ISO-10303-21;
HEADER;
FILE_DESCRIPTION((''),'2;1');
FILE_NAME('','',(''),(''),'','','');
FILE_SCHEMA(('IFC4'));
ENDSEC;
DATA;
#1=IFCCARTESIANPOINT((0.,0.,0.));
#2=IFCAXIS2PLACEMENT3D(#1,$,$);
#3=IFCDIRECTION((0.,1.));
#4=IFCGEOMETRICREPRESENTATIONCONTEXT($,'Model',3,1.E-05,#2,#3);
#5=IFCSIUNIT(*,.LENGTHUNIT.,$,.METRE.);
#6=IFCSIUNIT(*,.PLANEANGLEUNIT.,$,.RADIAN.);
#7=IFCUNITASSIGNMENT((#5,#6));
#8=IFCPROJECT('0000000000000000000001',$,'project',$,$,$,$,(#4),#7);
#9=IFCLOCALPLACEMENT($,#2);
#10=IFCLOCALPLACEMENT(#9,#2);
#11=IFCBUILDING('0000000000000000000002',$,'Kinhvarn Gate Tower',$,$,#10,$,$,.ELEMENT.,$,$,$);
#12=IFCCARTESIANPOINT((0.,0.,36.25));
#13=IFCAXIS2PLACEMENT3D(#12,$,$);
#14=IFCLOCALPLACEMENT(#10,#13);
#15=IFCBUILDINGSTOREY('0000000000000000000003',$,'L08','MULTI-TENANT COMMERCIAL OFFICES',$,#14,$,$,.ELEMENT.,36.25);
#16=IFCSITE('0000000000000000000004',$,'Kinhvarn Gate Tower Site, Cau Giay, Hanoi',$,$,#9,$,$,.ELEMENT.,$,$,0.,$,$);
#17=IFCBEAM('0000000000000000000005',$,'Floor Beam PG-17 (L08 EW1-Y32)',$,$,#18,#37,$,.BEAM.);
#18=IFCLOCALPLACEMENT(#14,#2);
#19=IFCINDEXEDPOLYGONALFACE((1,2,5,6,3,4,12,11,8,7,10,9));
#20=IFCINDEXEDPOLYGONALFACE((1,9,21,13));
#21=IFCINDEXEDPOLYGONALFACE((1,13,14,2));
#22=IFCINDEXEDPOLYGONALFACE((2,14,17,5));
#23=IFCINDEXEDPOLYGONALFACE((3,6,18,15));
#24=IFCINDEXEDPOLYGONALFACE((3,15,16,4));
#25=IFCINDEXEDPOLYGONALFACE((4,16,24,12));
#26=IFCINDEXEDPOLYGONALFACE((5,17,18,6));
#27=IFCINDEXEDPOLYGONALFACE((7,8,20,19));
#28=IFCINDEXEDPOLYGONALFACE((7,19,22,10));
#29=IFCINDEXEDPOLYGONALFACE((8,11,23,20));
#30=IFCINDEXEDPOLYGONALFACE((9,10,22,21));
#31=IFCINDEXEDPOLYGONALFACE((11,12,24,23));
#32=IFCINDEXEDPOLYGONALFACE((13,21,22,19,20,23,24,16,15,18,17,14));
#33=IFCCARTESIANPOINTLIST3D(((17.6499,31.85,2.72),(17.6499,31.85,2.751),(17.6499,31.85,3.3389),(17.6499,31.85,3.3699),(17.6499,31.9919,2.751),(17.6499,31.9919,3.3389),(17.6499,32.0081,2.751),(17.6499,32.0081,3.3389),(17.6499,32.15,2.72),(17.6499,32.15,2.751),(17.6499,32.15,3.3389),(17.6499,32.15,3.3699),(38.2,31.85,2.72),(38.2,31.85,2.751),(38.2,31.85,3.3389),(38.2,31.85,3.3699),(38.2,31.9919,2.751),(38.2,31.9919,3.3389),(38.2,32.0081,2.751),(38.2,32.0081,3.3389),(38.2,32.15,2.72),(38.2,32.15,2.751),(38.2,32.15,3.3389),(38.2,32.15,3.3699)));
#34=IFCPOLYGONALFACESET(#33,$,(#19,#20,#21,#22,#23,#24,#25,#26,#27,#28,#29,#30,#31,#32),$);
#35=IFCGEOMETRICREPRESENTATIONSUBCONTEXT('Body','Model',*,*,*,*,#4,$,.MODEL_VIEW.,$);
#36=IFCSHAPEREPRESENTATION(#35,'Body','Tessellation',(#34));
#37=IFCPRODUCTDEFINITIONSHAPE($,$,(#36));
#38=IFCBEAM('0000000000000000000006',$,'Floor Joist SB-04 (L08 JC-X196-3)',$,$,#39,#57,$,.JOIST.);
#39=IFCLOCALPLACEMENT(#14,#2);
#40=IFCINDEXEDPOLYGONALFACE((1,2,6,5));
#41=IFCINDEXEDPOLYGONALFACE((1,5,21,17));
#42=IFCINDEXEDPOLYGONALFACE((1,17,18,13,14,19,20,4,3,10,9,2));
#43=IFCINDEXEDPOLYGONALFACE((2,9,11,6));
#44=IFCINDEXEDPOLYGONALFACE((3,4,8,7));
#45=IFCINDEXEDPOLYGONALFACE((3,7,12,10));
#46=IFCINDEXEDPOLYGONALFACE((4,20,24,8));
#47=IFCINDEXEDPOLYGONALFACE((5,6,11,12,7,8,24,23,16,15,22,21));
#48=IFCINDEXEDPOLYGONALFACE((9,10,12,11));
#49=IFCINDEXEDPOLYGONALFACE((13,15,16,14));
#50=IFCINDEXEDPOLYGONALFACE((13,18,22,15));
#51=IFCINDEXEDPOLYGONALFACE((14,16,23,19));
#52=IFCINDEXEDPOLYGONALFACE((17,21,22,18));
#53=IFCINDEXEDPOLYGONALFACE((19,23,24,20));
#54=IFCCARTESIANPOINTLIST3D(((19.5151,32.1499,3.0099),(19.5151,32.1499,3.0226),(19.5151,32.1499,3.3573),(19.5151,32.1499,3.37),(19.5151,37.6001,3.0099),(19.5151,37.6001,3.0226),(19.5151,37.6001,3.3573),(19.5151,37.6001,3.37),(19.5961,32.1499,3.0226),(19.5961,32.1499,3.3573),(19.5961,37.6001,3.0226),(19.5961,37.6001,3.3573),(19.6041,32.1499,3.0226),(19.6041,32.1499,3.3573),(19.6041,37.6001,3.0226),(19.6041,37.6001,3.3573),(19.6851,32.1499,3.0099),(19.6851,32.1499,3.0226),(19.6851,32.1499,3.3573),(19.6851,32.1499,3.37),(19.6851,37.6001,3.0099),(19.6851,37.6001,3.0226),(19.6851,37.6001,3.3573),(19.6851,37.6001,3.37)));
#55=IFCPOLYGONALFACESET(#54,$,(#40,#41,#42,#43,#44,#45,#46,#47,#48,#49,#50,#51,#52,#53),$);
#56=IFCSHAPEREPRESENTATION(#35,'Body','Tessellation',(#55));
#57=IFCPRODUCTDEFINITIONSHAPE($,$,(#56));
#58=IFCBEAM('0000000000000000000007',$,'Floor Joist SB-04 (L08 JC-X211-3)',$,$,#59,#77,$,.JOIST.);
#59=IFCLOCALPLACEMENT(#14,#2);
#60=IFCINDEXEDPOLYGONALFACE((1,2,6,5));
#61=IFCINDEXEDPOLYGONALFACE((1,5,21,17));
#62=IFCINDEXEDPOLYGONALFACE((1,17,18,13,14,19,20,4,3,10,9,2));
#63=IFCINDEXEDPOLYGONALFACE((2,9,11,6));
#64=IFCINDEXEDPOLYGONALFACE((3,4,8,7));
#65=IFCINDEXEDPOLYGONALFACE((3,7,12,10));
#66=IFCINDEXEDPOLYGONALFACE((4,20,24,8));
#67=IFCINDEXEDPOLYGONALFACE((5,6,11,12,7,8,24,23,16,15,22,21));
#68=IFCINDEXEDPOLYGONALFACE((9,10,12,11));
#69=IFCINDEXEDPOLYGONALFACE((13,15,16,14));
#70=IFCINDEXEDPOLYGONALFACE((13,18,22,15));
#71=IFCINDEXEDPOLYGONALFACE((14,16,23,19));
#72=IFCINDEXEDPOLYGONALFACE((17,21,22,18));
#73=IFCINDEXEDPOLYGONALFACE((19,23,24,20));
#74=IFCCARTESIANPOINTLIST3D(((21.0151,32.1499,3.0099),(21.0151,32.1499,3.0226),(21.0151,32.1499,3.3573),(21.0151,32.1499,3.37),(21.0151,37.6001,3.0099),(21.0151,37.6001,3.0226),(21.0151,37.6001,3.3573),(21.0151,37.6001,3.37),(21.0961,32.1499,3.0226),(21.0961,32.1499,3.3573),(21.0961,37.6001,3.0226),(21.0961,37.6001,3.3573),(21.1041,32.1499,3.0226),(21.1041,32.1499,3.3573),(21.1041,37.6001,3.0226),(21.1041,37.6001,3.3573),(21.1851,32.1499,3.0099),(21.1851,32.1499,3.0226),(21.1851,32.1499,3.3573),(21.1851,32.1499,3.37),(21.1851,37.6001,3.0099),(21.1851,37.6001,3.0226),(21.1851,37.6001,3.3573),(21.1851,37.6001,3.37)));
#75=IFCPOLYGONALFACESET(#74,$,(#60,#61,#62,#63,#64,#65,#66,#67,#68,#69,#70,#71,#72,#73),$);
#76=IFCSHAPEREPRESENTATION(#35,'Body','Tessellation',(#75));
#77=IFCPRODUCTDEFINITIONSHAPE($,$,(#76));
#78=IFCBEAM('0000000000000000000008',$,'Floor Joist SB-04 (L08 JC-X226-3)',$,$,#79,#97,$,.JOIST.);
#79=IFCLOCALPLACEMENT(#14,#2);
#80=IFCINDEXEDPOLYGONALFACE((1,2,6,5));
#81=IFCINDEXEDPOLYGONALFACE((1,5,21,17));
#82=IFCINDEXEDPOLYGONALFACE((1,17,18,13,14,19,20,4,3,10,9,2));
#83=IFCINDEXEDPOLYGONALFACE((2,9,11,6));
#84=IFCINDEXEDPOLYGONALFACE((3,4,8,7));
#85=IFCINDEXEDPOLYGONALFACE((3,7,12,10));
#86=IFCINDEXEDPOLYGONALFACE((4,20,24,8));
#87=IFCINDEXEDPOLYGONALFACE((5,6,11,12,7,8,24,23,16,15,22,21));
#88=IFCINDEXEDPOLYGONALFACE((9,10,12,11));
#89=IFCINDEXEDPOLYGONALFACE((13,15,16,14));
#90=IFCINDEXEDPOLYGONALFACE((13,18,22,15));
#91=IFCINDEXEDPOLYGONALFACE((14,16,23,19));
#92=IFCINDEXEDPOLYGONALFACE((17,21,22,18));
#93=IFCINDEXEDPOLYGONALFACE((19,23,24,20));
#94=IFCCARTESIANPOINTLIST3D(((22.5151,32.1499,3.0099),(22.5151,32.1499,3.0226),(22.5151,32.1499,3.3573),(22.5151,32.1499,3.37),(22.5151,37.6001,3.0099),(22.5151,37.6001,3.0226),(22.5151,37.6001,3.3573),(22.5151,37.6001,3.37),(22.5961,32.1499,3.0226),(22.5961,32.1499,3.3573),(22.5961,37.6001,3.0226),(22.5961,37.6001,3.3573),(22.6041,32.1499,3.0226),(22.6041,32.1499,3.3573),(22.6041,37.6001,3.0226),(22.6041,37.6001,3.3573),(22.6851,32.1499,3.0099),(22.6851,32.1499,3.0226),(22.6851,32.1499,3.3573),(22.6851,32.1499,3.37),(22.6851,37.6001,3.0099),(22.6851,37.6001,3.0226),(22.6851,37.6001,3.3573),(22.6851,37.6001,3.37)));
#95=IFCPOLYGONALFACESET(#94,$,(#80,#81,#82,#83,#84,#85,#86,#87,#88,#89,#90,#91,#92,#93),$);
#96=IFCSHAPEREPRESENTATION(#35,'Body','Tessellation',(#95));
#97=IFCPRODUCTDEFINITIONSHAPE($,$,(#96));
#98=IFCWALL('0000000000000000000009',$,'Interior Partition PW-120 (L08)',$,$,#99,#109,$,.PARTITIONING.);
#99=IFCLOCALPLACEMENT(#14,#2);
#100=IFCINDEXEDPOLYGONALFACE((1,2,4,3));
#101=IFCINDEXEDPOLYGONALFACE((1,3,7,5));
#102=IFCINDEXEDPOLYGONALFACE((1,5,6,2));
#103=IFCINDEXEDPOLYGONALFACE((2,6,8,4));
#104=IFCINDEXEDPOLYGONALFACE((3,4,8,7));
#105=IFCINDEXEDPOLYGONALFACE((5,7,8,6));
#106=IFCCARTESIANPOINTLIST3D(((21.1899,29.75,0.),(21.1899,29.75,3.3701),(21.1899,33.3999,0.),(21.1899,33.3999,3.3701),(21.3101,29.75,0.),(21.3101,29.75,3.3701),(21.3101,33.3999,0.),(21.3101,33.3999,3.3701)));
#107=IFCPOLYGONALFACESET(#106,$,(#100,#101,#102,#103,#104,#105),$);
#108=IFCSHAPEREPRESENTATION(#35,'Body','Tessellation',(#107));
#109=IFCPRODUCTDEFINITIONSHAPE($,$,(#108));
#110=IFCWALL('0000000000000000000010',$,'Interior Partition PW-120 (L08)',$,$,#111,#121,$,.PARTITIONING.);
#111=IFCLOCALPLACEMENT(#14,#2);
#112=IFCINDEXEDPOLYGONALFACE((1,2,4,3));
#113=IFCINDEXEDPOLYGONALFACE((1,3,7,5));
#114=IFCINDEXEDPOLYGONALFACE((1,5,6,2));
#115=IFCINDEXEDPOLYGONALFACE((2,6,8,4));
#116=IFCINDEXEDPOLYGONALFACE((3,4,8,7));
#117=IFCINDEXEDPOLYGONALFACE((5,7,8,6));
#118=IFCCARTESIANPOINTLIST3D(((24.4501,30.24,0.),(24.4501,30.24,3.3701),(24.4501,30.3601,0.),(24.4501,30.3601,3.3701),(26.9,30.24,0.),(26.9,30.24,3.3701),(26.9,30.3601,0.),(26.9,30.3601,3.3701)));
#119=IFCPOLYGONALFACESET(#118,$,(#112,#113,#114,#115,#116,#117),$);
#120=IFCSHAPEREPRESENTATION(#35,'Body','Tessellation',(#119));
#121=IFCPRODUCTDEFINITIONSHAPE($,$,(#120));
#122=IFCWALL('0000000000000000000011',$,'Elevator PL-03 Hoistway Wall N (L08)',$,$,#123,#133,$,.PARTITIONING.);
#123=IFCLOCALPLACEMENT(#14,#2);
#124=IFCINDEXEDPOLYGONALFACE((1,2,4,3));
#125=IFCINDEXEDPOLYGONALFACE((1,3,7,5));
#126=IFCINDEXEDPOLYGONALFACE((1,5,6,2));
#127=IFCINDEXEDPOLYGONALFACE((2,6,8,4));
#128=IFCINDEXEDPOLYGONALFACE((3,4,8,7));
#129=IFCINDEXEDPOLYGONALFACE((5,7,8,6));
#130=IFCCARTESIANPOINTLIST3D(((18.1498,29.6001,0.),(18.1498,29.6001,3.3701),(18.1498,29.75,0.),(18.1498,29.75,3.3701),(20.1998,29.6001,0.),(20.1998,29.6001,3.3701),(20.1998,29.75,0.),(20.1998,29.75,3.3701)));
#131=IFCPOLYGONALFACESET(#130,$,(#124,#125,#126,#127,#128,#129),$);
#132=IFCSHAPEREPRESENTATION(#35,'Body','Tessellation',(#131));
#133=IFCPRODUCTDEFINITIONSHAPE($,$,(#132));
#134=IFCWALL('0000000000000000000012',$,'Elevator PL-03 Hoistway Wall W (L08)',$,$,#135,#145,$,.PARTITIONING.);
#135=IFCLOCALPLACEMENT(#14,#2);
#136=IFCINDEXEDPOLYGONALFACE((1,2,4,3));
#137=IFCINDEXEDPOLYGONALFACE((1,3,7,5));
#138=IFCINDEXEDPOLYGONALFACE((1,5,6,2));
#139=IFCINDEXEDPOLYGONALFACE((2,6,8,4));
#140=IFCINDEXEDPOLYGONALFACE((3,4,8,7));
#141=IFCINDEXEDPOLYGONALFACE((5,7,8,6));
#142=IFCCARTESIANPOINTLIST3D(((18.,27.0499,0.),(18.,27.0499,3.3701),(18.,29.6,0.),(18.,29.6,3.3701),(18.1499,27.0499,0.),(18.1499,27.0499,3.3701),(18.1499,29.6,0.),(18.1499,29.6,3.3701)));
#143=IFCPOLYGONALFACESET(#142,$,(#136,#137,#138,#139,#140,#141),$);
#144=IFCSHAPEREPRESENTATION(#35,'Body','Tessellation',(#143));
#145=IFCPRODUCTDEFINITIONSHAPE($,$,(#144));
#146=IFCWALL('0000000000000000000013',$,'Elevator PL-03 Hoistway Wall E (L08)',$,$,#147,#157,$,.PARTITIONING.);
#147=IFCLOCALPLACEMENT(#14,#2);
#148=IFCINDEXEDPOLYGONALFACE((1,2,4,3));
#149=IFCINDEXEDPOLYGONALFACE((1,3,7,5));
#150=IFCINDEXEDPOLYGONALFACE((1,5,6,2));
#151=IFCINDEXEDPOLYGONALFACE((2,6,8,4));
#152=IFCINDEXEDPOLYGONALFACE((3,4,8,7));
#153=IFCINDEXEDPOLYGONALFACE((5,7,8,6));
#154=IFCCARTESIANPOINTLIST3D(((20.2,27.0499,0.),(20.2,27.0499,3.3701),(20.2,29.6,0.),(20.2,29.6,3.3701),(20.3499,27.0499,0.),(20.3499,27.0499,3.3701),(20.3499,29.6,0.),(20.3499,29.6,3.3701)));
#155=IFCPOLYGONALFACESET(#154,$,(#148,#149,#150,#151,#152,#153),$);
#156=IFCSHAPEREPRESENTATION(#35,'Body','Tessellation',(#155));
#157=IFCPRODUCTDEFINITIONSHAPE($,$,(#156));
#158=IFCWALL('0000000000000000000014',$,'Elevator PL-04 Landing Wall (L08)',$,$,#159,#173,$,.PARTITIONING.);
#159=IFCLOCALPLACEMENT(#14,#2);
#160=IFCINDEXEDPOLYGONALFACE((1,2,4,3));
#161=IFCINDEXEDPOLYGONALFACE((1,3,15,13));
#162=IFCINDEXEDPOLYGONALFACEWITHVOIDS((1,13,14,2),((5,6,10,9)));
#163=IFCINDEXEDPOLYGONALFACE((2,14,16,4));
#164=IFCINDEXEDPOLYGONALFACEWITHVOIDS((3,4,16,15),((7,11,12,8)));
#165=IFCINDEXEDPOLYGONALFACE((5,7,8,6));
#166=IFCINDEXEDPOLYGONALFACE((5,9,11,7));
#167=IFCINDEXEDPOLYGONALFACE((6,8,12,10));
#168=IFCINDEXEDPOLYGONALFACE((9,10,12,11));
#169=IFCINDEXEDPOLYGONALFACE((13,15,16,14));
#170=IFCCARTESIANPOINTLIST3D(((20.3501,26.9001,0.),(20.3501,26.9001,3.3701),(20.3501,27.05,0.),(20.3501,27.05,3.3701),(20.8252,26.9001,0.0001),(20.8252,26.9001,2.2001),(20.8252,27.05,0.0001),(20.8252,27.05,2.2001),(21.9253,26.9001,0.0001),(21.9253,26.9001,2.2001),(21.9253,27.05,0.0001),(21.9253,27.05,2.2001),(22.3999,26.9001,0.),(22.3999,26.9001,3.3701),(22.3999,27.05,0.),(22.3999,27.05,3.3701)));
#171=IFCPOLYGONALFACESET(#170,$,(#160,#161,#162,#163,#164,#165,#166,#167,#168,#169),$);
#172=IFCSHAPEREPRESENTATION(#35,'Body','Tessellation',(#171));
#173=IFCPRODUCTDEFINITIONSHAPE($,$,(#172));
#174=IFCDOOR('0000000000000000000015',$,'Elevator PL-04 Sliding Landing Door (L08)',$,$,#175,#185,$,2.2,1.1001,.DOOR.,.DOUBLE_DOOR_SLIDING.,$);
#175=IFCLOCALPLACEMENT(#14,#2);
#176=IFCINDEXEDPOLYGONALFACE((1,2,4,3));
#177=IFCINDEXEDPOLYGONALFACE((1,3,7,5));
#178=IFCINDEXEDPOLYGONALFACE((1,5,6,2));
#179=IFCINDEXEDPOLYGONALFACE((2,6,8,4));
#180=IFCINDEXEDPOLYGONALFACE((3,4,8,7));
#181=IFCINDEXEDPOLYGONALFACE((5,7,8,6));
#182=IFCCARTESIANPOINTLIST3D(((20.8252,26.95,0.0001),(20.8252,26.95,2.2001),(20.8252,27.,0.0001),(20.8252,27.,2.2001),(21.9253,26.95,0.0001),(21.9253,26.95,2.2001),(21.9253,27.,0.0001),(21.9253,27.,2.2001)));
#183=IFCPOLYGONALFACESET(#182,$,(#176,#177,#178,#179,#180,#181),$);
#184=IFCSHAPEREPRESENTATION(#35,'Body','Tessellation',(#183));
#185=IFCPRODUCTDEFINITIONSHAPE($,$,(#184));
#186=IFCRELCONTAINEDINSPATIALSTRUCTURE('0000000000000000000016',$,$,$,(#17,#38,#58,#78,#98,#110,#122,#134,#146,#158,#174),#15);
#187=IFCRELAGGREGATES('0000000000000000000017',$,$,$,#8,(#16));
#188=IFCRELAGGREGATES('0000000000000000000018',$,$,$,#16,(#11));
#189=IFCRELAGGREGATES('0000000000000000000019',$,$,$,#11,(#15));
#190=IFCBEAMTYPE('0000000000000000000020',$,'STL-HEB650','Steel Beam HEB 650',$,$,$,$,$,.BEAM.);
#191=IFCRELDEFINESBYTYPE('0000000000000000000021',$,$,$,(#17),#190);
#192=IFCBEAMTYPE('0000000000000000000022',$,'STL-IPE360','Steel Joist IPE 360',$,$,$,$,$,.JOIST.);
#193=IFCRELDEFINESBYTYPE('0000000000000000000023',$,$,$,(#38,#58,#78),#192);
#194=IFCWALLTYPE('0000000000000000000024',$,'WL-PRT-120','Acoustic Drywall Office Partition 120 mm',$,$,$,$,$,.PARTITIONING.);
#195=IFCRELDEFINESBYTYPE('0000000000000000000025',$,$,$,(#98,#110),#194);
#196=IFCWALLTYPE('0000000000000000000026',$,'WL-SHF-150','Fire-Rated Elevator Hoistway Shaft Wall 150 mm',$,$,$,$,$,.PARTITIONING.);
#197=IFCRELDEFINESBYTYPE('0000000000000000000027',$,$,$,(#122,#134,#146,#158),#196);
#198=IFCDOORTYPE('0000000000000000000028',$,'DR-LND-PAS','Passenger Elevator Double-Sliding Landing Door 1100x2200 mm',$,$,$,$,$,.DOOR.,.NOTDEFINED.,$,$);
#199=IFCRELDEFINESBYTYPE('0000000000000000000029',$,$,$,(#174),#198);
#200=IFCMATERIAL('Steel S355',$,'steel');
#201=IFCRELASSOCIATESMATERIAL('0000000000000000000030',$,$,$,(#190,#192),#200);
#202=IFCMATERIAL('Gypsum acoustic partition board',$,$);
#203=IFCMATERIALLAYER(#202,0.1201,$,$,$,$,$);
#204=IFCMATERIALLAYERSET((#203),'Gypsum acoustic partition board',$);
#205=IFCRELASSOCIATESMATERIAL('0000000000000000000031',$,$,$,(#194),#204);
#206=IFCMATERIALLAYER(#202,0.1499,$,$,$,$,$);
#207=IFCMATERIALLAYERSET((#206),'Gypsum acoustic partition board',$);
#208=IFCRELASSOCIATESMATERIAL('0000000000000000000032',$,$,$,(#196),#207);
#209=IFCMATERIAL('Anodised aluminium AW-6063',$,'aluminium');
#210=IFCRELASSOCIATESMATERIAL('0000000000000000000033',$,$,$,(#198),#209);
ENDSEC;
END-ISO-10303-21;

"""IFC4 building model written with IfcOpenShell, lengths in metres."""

from ifc_helpers import new_model, si_unit, direction, frame, frame_2d, origin, origin_2d, place, context, subcontext, project, spatial, rectangle, i_section, extrude, material, layer, layer_set, material_profile, profile_set, type_object, element, fill, save


model = new_model("IFC4")

# Units and contexts
model_context = context("Model", 3, precision=1e-05, world=origin(), true_north=direction((0.0, 1.0)))
body_context = subcontext(model_context, "Body", "Model", "MODEL_VIEW")
ifc_project = project(units=[si_unit("LENGTHUNIT", "METRE"), si_unit("PLANEANGLEUNIT", "RADIAN")], contexts=[model_context])

# Site, building, storey
site_placement = place(None, origin())
site = spatial("IfcSite", under=ifc_project, at=site_placement, Name="Kinhvarn Gate Tower Site, Cau Giay, Hanoi", CompositionType="ELEMENT", RefElevation=0.0)
building_placement = place(site_placement, origin())
building = spatial("IfcBuilding", under=site, at=building_placement, Name="Kinhvarn Gate Tower", CompositionType="ELEMENT")
storey_placement = place(building_placement, frame((0.0, 0.0, 36.25)))
storey = spatial("IfcBuildingStorey", under=building, at=storey_placement, Name="L08", Description="MULTI-TENANT COMMERCIAL OFFICES", CompositionType="ELEMENT", Elevation=36.25)

# Beams
ifc_material_1 = material(Name="Steel S355", Category="steel")
ifc_material_profile_1 = material_profile(ifc_material_1, i_section(OverallWidth=0.3, OverallDepth=0.6499, WebThickness=0.0161, FlangeThickness=0.031, at=origin_2d()), Name="HEB 650")
ifc_profile_set_1 = profile_set([ifc_material_profile_1], Name="Steel S355")
beam_type_1 = type_object("IfcBeamType", Name="STL-HEB650", Description="Steel Beam HEB 650", PredefinedType="BEAM", material=ifc_profile_set_1)
beam_placement = place(storey_placement, frame((17.6499, 32.0, 3.0449), z_axis=(1.0, 0.0, 0.0), x_axis=(0.0, 1.0, 0.0)))
element("IfcBeam", 1, at=beam_placement, inside=storey, type_object=beam_type_1, Name="Floor Beam PG-17 (L08 EW1-Y32)", PredefinedType="BEAM", context=body_context, shape_type="SweptSolid", body=[
    extrude(i_section(OverallWidth=0.3, OverallDepth=0.6499, WebThickness=0.0161, FlangeThickness=0.031, at=origin_2d()), origin(), (0.0, 0.0, 1.0), 20.55),
])
ifc_material_profile_2 = material_profile(ifc_material_1, i_section(OverallWidth=0.1699, OverallDepth=0.3601, WebThickness=0.0081, FlangeThickness=0.0127, at=origin_2d()), Name="IPE 360")
ifc_profile_set_2 = profile_set([ifc_material_profile_2], Name="Steel S355")
beam_type_2 = type_object("IfcBeamType", Name="STL-IPE360", Description="Steel Joist IPE 360", PredefinedType="JOIST", material=ifc_profile_set_2)
for number, where, z_axis, x_axis, name in (
    (2, (19.6001, 32.1499, 3.1899), (0.0, 1.0, 0.0), (-1.0, 0.0, 0.0), "Floor Joist SB-04 (L08 JC-X196-3)"),
    (3, (21.1001, 32.1499, 3.1899), (0.0, 1.0, 0.0), (-1.0, 0.0, 0.0), "Floor Joist SB-04 (L08 JC-X211-3)"),
    (4, (22.6001, 32.1499, 3.1899), (0.0, 1.0, 0.0), (-1.0, 0.0, 0.0), "Floor Joist SB-04 (L08 JC-X226-3)"),
):
    element("IfcBeam", number, at=place(storey_placement, frame(where, z_axis=z_axis, x_axis=x_axis)), inside=storey, type_object=beam_type_2, Name=name, PredefinedType="JOIST", context=body_context, shape_type="SweptSolid", body=[
        extrude(i_section(OverallWidth=0.1699, OverallDepth=0.3601, WebThickness=0.0081, FlangeThickness=0.0127, at=origin_2d()), origin(), (0.0, 0.0, 1.0), 5.4502),
    ])

# Walls
ifc_material_2 = material(Name="Gypsum acoustic partition board")
ifc_layer_1 = layer(ifc_material_2, 0.1201)
ifc_layer_set_1 = layer_set([ifc_layer_1], Name="Gypsum acoustic partition board")
wall_type_1 = type_object("IfcWallType", Name="WL-PRT-120", Description="Acoustic Drywall Office Partition 120 mm", PredefinedType="PARTITIONING", material=ifc_layer_set_1)
wall_1_placement = place(storey_placement, frame((21.25, 29.75, 0.0), z_axis=(0.0, 0.0, 1.0), x_axis=(0.0, 1.0, 0.0)))
element("IfcWall", 5, at=wall_1_placement, inside=storey, type_object=wall_type_1, Name="Interior Partition PW-120 (L08)", PredefinedType="PARTITIONING", context=body_context, shape_type="SweptSolid", body=[
    extrude(rectangle(XDim=3.6499, YDim=0.1201, at=frame_2d((1.825, 0.0))), origin(), (0.0, 0.0, 1.0), 3.3701),
])
wall_2_placement = place(storey_placement, frame((24.45, 30.3, 0.0), z_axis=(0.0, 0.0, 1.0), x_axis=(1.0, 0.0, 0.0)))
element("IfcWall", 6, at=wall_2_placement, inside=storey, type_object=wall_type_1, Name="Interior Partition PW-120 (L08)", PredefinedType="PARTITIONING", context=body_context, shape_type="SweptSolid", body=[
    extrude(rectangle(XDim=2.45, YDim=0.1201, at=frame_2d((1.2251, 0.0))), origin(), (0.0, 0.0, 1.0), 3.3701),
])

# Shared definitions
ifc_material_3 = material(Name="Anodised aluminium AW-6063", Category="aluminium")

# Walls
ifc_layer_2 = layer(ifc_material_2, 0.1499)
ifc_layer_set_2 = layer_set([ifc_layer_2], Name="Gypsum acoustic partition board")
wall_type_2 = type_object("IfcWallType", Name="WL-SHF-150", Description="Fire-Rated Elevator Hoistway Shaft Wall 150 mm", PredefinedType="PARTITIONING", material=ifc_layer_set_2)
wall_3_placement = place(storey_placement, frame((18.1499, 29.675, 0.0), z_axis=(0.0, 0.0, 1.0), x_axis=(1.0, 0.0, 0.0)))
element("IfcWall", 7, at=wall_3_placement, inside=storey, type_object=wall_type_2, Name="Elevator PL-03 Hoistway Wall N (L08)", PredefinedType="PARTITIONING", context=body_context, shape_type="SweptSolid", body=[
    extrude(rectangle(XDim=2.05, YDim=0.1499, at=frame_2d((1.0249, 0.0))), origin(), (0.0, 0.0, 1.0), 3.3701),
])
for number, where, z_axis, x_axis, name in (
    (8, (18.075, 27.05, 0.0), (0.0, 0.0, 1.0), (0.0, 1.0, 0.0), "Elevator PL-03 Hoistway Wall W (L08)"),
    (9, (20.2749, 27.05, 0.0), (0.0, 0.0, 1.0), (0.0, 1.0, 0.0), "Elevator PL-03 Hoistway Wall E (L08)"),
):
    element("IfcWall", number, at=place(storey_placement, frame(where, z_axis=z_axis, x_axis=x_axis)), inside=storey, type_object=wall_type_2, Name=name, PredefinedType="PARTITIONING", context=body_context, shape_type="SweptSolid", body=[
        extrude(rectangle(XDim=2.55, YDim=0.1499, at=frame_2d((1.2749, 0.0))), origin(), (0.0, 0.0, 1.0), 3.3701),
    ])

# Wall, opening, door
wall_4_placement = place(storey_placement, frame((20.3501, 26.9751, 0.0), z_axis=(0.0, 0.0, 1.0), x_axis=(1.0, 0.0, 0.0)))
wall_4 = element("IfcWall", 10, at=wall_4_placement, inside=storey, type_object=wall_type_2, Name="Elevator PL-04 Landing Wall (L08)", PredefinedType="PARTITIONING", context=body_context, shape_type="SweptSolid", body=[
    extrude(rectangle(XDim=2.0498, YDim=0.1499, at=frame_2d((1.0249, 0.0))), origin(), (0.0, 0.0, 1.0), 3.3701),
])
opening_1_placement = place(wall_4_placement, frame((0.4751, 0.0, 0.0)))
opening_1 = element("IfcOpeningElement", 11, at=opening_1_placement, cuts=wall_4, PredefinedType="OPENING", context=body_context, shape_type="SweptSolid", body=[
    extrude(rectangle(XDim=1.1001, YDim=2.2, at=frame_2d((0.55, 1.1001))), frame((0.0, 0.085, 0.0), z_axis=(0.0, -1.0, 0.0), x_axis=(1.0, 0.0, 0.0)), (0.0, 0.0, 1.0), 0.1699),
])
door_type_1 = type_object("IfcDoorType", Name="DR-LND-PAS", Description="Passenger Elevator Double-Sliding Landing Door 1100x2200 mm", OperationType="NOTDEFINED", PredefinedType="DOOR", material=ifc_material_3)
door_1_placement = place(opening_1_placement, origin())
door_1 = element("IfcDoor", 12, at=door_1_placement, inside=storey, type_object=door_type_1, Name="Elevator PL-04 Sliding Landing Door (L08)", OperationType="DOUBLE_DOOR_SLIDING", OverallHeight=2.2, OverallWidth=1.1001, PredefinedType="DOOR", context=body_context, shape_type="SweptSolid", body=[
    extrude(rectangle(XDim=1.1001, YDim=2.2, at=frame_2d((0.55, 1.1001))), frame((0.0, 0.0249, 0.0), z_axis=(0.0, -1.0, 0.0), x_axis=(1.0, 0.0, 0.0)), (0.0, 0.0, 1.0), 0.05),
])
fill(opening_1, door_1)

save(model, "model.ifc")
